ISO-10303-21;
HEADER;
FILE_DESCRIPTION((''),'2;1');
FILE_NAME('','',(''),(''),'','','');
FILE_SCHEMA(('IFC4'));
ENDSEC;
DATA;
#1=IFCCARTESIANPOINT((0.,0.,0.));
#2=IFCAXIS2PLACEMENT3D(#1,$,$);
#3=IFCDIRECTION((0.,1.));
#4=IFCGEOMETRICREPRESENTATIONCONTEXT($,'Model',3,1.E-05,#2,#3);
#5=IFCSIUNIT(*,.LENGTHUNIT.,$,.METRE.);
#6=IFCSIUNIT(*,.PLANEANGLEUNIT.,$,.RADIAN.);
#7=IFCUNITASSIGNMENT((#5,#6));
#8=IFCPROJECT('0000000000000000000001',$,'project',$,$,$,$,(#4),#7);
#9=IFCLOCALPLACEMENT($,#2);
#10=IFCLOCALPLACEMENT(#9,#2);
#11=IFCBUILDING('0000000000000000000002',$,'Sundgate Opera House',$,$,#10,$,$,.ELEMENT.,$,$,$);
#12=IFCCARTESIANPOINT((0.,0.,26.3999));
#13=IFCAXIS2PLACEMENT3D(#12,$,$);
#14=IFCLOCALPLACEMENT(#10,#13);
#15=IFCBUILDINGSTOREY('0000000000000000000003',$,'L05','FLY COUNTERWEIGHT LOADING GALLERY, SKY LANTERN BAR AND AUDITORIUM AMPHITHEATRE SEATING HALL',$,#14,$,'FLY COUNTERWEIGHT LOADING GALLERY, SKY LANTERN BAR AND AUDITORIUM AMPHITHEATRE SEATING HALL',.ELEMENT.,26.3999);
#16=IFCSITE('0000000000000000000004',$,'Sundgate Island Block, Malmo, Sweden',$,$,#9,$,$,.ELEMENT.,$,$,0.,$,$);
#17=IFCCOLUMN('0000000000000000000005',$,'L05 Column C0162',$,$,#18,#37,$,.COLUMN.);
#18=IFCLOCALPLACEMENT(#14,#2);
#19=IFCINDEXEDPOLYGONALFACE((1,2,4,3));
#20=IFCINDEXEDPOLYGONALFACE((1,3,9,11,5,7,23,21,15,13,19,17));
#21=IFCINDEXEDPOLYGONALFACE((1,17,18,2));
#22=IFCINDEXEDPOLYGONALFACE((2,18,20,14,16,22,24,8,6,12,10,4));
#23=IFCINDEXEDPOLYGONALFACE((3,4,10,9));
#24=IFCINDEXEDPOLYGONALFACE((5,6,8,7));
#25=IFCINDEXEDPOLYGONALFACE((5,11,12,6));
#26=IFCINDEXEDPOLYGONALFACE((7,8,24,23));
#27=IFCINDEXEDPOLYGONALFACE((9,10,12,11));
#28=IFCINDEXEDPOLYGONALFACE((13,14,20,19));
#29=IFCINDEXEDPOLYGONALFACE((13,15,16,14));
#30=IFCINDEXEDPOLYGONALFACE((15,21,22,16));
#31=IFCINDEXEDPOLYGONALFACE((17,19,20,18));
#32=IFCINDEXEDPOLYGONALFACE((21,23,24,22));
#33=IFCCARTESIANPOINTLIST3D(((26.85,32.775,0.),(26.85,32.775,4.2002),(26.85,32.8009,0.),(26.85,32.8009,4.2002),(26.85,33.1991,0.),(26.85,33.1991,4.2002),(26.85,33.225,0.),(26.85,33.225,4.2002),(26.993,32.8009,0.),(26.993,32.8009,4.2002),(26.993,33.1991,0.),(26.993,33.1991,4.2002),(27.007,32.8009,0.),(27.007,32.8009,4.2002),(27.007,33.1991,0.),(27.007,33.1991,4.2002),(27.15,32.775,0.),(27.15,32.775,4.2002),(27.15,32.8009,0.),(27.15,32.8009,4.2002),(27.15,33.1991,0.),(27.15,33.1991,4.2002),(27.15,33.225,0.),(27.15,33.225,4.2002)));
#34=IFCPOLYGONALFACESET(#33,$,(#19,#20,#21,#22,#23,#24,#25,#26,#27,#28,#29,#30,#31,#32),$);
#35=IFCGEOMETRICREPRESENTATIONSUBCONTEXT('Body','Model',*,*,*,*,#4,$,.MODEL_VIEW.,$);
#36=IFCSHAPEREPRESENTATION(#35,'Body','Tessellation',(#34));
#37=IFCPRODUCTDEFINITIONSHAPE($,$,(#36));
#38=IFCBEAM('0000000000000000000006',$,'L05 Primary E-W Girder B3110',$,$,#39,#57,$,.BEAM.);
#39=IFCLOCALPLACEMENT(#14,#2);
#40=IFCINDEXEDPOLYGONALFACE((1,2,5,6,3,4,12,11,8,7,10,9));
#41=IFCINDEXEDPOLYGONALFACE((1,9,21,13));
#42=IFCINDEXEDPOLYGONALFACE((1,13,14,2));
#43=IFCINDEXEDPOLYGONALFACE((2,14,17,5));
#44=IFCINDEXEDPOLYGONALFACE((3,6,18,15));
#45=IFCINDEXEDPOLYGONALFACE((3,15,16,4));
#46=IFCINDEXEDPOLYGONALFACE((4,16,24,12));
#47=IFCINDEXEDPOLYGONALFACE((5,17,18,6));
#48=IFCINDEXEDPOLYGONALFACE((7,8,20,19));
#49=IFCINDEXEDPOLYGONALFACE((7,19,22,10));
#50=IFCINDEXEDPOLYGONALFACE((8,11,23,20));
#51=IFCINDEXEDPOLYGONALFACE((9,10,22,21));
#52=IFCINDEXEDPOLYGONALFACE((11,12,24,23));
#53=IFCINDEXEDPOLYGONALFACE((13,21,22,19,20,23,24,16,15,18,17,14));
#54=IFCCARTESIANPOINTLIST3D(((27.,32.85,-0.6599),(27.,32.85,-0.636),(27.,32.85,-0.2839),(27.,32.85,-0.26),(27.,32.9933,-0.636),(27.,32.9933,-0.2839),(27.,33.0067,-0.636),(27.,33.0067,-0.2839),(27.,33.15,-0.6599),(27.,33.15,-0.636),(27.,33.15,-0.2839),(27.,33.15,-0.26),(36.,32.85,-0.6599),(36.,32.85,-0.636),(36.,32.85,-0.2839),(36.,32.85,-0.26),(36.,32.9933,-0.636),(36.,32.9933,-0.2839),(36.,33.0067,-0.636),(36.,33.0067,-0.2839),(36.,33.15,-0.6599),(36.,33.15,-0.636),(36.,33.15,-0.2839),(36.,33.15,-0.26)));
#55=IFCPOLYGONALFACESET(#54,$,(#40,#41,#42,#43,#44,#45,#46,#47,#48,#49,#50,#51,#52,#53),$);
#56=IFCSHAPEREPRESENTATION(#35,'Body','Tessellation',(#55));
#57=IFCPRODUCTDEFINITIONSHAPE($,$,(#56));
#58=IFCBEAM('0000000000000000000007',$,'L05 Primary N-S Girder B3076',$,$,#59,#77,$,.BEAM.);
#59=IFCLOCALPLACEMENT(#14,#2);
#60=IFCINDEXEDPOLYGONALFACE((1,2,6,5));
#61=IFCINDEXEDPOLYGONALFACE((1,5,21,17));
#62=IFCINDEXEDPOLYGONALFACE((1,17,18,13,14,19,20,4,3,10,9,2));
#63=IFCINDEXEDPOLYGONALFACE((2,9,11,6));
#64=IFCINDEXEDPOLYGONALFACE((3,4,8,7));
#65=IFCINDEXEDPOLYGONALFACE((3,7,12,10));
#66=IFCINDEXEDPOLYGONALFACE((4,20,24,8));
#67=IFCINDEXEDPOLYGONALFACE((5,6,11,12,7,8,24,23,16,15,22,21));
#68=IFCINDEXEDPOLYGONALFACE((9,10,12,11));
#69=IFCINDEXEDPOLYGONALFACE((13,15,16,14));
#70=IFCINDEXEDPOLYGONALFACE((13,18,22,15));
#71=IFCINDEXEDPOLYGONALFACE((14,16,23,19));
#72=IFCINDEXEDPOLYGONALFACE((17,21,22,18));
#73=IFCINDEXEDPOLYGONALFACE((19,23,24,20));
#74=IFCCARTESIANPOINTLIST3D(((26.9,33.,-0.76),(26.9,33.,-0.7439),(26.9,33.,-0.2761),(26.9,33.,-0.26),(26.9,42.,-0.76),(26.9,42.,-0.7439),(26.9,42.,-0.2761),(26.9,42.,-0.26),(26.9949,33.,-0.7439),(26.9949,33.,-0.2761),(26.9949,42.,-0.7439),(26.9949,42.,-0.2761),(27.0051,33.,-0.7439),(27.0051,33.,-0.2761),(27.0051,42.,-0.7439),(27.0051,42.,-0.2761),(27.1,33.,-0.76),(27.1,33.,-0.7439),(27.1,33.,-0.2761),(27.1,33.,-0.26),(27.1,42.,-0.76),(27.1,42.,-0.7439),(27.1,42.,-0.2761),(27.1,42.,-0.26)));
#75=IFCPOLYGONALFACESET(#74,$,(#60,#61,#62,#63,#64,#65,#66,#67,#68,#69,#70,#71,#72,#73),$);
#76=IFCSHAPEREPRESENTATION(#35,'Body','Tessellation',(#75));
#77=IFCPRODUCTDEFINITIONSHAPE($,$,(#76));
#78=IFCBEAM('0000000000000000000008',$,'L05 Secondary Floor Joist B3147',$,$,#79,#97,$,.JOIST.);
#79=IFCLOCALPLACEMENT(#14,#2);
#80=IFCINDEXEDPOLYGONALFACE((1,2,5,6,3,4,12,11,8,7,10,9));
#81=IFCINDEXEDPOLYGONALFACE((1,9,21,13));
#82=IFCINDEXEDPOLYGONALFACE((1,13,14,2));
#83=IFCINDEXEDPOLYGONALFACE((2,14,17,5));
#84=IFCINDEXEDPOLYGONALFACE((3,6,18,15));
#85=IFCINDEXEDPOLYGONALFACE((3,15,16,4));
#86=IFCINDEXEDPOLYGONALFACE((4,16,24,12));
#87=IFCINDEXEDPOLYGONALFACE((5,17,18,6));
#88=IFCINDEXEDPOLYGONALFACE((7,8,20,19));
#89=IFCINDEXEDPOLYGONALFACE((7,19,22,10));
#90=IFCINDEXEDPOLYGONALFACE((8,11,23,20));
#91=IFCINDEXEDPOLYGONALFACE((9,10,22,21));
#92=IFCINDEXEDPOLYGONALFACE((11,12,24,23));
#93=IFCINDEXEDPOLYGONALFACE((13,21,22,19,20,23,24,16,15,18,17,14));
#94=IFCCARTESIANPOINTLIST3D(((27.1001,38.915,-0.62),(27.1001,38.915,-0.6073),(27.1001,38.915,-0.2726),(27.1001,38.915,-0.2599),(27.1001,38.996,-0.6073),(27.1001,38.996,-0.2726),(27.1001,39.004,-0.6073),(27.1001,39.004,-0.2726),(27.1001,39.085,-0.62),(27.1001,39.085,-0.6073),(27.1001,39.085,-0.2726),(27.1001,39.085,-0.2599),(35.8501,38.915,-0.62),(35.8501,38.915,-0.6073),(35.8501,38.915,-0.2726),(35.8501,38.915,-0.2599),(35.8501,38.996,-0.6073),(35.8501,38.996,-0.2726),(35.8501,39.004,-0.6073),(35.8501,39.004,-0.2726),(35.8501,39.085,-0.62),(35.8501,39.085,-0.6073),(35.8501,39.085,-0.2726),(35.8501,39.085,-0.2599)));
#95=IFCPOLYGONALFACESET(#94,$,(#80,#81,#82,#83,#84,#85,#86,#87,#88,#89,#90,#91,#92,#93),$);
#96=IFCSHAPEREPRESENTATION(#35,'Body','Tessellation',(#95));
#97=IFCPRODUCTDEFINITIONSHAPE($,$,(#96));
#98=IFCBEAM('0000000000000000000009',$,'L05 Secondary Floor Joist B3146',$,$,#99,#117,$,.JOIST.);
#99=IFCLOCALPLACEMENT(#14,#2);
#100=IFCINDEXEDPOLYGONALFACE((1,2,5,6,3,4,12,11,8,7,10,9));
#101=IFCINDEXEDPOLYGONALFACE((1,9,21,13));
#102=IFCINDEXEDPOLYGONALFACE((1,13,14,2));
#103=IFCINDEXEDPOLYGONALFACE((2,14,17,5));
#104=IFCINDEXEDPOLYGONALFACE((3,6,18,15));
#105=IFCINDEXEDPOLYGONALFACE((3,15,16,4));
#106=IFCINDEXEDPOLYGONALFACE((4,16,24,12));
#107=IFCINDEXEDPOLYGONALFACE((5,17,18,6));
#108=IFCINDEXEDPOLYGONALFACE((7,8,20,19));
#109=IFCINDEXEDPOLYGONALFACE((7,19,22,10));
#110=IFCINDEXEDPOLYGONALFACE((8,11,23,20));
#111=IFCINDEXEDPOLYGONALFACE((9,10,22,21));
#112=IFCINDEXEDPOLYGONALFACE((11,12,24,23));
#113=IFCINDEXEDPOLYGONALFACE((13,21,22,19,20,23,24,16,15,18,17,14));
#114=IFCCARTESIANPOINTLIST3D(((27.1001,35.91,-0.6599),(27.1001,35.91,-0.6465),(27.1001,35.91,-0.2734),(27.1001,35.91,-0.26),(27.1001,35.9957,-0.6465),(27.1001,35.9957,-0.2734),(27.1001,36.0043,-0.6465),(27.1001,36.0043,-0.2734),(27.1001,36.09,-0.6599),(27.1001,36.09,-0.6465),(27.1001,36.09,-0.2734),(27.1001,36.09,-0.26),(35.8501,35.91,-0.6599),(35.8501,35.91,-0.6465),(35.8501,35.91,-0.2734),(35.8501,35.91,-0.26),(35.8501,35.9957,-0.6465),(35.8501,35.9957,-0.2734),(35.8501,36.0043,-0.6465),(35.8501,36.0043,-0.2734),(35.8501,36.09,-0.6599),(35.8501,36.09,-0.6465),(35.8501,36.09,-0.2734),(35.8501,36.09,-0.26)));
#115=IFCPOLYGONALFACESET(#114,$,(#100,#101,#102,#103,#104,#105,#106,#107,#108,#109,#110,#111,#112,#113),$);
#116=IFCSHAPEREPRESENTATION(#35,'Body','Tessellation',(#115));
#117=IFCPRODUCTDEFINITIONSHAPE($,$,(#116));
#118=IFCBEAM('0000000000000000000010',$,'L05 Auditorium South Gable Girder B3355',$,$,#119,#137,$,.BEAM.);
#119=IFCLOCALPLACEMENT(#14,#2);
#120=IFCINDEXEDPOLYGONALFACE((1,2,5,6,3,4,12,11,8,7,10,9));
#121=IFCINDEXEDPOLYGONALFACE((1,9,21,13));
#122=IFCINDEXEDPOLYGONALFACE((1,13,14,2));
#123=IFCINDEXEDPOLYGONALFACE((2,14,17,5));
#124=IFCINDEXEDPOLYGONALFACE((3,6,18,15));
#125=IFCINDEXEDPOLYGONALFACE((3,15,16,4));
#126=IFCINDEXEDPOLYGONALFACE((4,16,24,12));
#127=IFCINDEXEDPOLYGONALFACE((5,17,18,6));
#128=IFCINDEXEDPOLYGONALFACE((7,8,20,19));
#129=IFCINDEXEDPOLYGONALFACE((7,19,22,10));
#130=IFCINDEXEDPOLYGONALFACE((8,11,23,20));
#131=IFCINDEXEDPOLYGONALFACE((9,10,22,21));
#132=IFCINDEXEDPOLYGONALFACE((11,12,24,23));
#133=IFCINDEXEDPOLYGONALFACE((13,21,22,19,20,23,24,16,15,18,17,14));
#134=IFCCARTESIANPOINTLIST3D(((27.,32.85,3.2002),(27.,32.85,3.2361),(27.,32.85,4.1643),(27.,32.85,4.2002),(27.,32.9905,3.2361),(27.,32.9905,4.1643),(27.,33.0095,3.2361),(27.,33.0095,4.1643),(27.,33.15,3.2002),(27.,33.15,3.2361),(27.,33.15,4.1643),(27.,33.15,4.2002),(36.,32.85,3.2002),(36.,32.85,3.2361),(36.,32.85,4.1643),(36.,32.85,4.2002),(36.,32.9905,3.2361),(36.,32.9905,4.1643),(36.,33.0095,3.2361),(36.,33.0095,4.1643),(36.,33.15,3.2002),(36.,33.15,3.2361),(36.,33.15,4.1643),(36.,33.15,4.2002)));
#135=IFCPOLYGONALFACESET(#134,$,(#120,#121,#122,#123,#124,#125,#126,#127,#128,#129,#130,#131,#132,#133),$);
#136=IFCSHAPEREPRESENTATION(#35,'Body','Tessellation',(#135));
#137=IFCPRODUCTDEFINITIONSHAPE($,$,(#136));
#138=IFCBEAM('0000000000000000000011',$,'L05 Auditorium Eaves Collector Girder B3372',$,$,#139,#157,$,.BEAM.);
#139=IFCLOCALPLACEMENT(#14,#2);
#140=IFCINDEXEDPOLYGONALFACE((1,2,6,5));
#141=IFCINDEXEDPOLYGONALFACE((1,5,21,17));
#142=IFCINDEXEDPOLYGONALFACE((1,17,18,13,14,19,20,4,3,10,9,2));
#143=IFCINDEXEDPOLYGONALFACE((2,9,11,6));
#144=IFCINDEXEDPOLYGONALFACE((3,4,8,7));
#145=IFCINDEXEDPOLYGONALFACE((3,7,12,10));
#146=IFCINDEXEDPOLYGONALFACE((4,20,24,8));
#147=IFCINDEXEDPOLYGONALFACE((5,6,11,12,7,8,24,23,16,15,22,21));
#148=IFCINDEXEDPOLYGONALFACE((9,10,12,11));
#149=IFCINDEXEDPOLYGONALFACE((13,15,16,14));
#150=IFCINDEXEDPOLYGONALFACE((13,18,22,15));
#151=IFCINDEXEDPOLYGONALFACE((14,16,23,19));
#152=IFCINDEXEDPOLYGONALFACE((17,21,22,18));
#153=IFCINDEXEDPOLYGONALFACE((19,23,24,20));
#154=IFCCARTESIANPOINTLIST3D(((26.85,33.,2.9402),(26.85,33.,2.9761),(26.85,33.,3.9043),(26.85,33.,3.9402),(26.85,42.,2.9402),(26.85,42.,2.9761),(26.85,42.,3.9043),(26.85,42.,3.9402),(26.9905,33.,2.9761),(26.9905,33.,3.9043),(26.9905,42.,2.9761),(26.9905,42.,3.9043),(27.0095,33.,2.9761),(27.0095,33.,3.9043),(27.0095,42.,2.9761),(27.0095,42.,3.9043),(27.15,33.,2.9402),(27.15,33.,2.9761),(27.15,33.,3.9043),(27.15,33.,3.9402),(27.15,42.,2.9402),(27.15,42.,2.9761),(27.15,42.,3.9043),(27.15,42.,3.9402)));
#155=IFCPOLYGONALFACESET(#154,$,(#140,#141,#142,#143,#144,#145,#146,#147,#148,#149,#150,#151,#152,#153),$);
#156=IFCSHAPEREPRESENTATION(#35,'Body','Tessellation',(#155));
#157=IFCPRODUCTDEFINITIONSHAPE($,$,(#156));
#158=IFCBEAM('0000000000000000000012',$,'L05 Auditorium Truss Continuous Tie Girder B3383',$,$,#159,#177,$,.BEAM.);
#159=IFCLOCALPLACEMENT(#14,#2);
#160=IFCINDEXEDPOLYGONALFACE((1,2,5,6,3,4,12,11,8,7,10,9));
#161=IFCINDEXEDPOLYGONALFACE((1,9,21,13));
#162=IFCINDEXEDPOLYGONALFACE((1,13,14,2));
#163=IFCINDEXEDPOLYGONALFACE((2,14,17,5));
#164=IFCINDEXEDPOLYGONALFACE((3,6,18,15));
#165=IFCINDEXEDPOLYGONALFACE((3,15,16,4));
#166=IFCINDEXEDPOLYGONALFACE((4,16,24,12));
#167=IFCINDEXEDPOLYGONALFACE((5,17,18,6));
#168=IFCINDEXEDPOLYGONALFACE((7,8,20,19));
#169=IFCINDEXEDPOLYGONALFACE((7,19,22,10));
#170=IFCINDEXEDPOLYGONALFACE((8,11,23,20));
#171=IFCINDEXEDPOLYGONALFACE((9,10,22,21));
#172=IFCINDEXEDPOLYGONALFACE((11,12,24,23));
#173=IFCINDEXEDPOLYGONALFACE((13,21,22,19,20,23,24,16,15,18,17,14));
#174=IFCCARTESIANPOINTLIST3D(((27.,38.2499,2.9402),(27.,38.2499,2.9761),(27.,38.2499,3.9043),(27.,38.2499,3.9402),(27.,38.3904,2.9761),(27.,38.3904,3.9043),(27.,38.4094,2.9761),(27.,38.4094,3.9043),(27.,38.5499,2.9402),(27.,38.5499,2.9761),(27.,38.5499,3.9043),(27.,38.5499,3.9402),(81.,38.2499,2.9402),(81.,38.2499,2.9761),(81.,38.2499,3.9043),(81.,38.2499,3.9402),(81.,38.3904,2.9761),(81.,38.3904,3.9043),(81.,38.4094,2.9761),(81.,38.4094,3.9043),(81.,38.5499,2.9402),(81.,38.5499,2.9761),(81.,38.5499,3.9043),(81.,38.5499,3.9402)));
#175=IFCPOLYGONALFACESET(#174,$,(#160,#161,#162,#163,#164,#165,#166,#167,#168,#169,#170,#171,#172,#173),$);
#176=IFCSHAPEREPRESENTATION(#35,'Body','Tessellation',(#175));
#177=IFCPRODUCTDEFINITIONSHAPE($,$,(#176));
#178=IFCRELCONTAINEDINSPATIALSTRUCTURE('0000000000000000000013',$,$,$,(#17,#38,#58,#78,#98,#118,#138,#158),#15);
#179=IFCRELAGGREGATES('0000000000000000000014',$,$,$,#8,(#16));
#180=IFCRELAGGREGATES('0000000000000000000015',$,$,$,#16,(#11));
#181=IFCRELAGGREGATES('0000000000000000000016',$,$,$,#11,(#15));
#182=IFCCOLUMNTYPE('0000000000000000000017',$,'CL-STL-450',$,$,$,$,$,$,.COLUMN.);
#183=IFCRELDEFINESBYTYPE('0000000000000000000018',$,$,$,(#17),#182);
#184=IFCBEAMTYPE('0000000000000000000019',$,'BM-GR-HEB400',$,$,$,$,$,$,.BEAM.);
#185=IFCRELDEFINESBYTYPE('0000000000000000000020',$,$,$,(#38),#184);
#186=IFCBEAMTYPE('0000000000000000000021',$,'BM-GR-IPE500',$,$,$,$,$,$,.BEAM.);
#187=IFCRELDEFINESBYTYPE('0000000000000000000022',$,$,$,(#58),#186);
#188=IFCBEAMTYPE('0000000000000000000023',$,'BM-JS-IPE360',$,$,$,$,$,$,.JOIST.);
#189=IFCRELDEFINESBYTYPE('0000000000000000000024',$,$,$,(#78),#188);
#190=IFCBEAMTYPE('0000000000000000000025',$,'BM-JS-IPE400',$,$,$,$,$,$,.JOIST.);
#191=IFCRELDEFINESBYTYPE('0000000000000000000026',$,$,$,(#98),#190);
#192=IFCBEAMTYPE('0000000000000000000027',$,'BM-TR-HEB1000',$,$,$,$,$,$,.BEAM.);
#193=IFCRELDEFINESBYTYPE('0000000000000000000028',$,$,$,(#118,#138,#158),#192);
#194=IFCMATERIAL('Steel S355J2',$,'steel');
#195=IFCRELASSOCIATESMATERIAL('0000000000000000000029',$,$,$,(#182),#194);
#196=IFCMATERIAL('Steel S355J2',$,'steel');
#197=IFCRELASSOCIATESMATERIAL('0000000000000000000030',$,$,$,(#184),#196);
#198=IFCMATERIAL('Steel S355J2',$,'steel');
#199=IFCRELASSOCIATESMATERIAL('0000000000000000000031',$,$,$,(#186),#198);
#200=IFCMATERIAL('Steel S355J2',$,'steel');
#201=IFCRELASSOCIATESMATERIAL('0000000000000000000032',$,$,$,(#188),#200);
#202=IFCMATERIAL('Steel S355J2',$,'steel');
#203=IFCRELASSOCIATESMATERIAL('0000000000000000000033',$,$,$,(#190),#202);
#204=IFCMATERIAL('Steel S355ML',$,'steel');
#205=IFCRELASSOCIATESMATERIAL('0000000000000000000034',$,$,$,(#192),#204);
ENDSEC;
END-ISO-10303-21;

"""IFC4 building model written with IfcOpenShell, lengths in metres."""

from ifc_helpers import new_model, si_unit, direction, frame, origin, origin_2d, place, context, subcontext, project, spatial, i_section, extrude, material, material_profile, profile_set, type_object, element, save


model = new_model("IFC4")

# Units and contexts
model_context = context("Model", 3, precision=1e-05, world=origin(), true_north=direction((0.0, 1.0)))
body_context = subcontext(model_context, "Body", "Model", "MODEL_VIEW")
ifc_project = project(units=[si_unit("LENGTHUNIT", "METRE"), si_unit("PLANEANGLEUNIT", "RADIAN")], contexts=[model_context])

# Site, building, storey
site_placement = place(None, origin())
site = spatial("IfcSite", under=ifc_project, at=site_placement, Name="Sundgate Island Block, Malmo, Sweden", CompositionType="ELEMENT", RefElevation=0.0)
building_placement = place(site_placement, origin())
building = spatial("IfcBuilding", under=site, at=building_placement, Name="Sundgate Opera House", CompositionType="ELEMENT")
storey_placement = place(building_placement, frame((0.0, 0.0, 26.3999)))
storey = spatial("IfcBuildingStorey", under=building, at=storey_placement, Name="L05", Description="FLY COUNTERWEIGHT LOADING GALLERY, SKY LANTERN BAR AND AUDITORIUM AMPHITHEATRE SEATING HALL", LongName="FLY COUNTERWEIGHT LOADING GALLERY, SKY LANTERN BAR AND AUDITORIUM AMPHITHEATRE SEATING HALL", CompositionType="ELEMENT", Elevation=26.3999)

# Column
ifc_material_1 = material(Name="Steel S355J2", Category="steel")
ifc_material_profile_1 = material_profile(ifc_material_1, i_section(OverallWidth=0.3, OverallDepth=0.45, WebThickness=0.0139, FlangeThickness=0.0259, at=origin_2d()), Name="HEB 450")
ifc_profile_set_1 = profile_set([ifc_material_profile_1], Name="Steel S355J2")
column_type = type_object("IfcColumnType", Name="CL-STL-450", PredefinedType="COLUMN", material=ifc_profile_set_1)
column_placement = place(storey_placement, frame((27.0, 33.0, 0.0), z_axis=(0.0, 0.0, 1.0), x_axis=(1.0, 0.0, 0.0)))
element("IfcColumn", 1, at=column_placement, inside=storey, type_object=column_type, Name="L05 Column C0162", PredefinedType="COLUMN", context=body_context, shape_type="SweptSolid", body=[
    extrude(i_section(OverallWidth=0.3, OverallDepth=0.45, WebThickness=0.0139, FlangeThickness=0.0259, at=origin_2d()), origin(), (0.0, 0.0, 1.0), 4.2002),
])

# Beams
ifc_material_2 = material(Name="Steel S355J2", Category="steel")
ifc_material_profile_2 = material_profile(ifc_material_2, i_section(OverallWidth=0.3, OverallDepth=0.3999, WebThickness=0.0134, FlangeThickness=0.0239, at=origin_2d()), Name="HEB 400")
ifc_profile_set_2 = profile_set([ifc_material_profile_2], Name="Steel S355J2")
beam_type_1 = type_object("IfcBeamType", Name="BM-GR-HEB400", PredefinedType="BEAM", material=ifc_profile_set_2)
beam_1_placement = place(storey_placement, frame((27.0, 33.0, -0.46), z_axis=(1.0, 0.0, 0.0), x_axis=(0.0, 1.0, 0.0)))
element("IfcBeam", 2, at=beam_1_placement, inside=storey, type_object=beam_type_1, Name="L05 Primary E-W Girder B3110", PredefinedType="BEAM", context=body_context, shape_type="SweptSolid", body=[
    extrude(i_section(OverallWidth=0.3, OverallDepth=0.3999, WebThickness=0.0134, FlangeThickness=0.0239, at=origin_2d()), origin(), (0.0, 0.0, 1.0), 9.0),
])
ifc_material_3 = material(Name="Steel S355J2", Category="steel")
ifc_material_profile_3 = material_profile(ifc_material_3, i_section(OverallWidth=0.2, OverallDepth=0.5, WebThickness=0.0103, FlangeThickness=0.0161, at=origin_2d()), Name="IPE 500")
ifc_profile_set_3 = profile_set([ifc_material_profile_3], Name="Steel S355J2")
beam_type_2 = type_object("IfcBeamType", Name="BM-GR-IPE500", PredefinedType="BEAM", material=ifc_profile_set_3)
beam_2_placement = place(storey_placement, frame((27.0, 33.0, -0.51), z_axis=(0.0, 1.0, 0.0), x_axis=(-1.0, 0.0, 0.0)))
element("IfcBeam", 3, at=beam_2_placement, inside=storey, type_object=beam_type_2, Name="L05 Primary N-S Girder B3076", PredefinedType="BEAM", context=body_context, shape_type="SweptSolid", body=[
    extrude(i_section(OverallWidth=0.2, OverallDepth=0.5, WebThickness=0.0103, FlangeThickness=0.0161, at=origin_2d()), origin(), (0.0, 0.0, 1.0), 9.0),
])
ifc_material_4 = material(Name="Steel S355J2", Category="steel")
ifc_material_profile_4 = material_profile(ifc_material_4, i_section(OverallWidth=0.1699, OverallDepth=0.3601, WebThickness=0.0081, FlangeThickness=0.0127, at=origin_2d()), Name="IPE 360")
ifc_profile_set_4 = profile_set([ifc_material_profile_4], Name="Steel S355J2")
beam_type_3 = type_object("IfcBeamType", Name="BM-JS-IPE360", PredefinedType="JOIST", material=ifc_profile_set_4)
beam_3_placement = place(storey_placement, frame((27.1001, 39.0, -0.4399), z_axis=(1.0, 0.0, 0.0), x_axis=(0.0, 1.0, 0.0)))
element("IfcBeam", 4, at=beam_3_placement, inside=storey, type_object=beam_type_3, Name="L05 Secondary Floor Joist B3147", PredefinedType="JOIST", context=body_context, shape_type="SweptSolid", body=[
    extrude(i_section(OverallWidth=0.1699, OverallDepth=0.3601, WebThickness=0.0081, FlangeThickness=0.0127, at=origin_2d()), origin(), (0.0, 0.0, 1.0), 8.75),
])
ifc_material_5 = material(Name="Steel S355J2", Category="steel")
ifc_material_profile_5 = material_profile(ifc_material_5, i_section(OverallWidth=0.1799, OverallDepth=0.3999, WebThickness=0.0085, FlangeThickness=0.0134, at=origin_2d()), Name="IPE 400")
ifc_profile_set_5 = profile_set([ifc_material_profile_5], Name="Steel S355J2")
beam_type_4 = type_object("IfcBeamType", Name="BM-JS-IPE400", PredefinedType="JOIST", material=ifc_profile_set_5)
beam_4_placement = place(storey_placement, frame((27.1001, 36.0, -0.46), z_axis=(1.0, 0.0, 0.0), x_axis=(0.0, 1.0, 0.0)))
element("IfcBeam", 5, at=beam_4_placement, inside=storey, type_object=beam_type_4, Name="L05 Secondary Floor Joist B3146", PredefinedType="JOIST", context=body_context, shape_type="SweptSolid", body=[
    extrude(i_section(OverallWidth=0.1799, OverallDepth=0.3999, WebThickness=0.0085, FlangeThickness=0.0134, at=origin_2d()), origin(), (0.0, 0.0, 1.0), 8.75),
])
ifc_material_6 = material(Name="Steel S355ML", Category="steel")
ifc_material_profile_6 = material_profile(ifc_material_6, i_section(OverallWidth=0.3, OverallDepth=1.0, WebThickness=0.019, FlangeThickness=0.0359, at=origin_2d()), Name="HEB 1000")
ifc_profile_set_6 = profile_set([ifc_material_profile_6], Name="Steel S355ML")
beam_type_5 = type_object("IfcBeamType", Name="BM-TR-HEB1000", PredefinedType="BEAM", material=ifc_profile_set_6)
for number, where, z_axis, x_axis, name in (
    (6, (27.0, 33.0, 3.7002), (1.0, 0.0, 0.0), (0.0, 1.0, 0.0), "L05 Auditorium South Gable Girder B3355"),
    (7, (27.0, 33.0, 3.4402), (0.0, 1.0, 0.0), (-1.0, 0.0, 0.0), "L05 Auditorium Eaves Collector Girder B3372"),
):
    element("IfcBeam", number, at=place(storey_placement, frame(where, z_axis=z_axis, x_axis=x_axis)), inside=storey, type_object=beam_type_5, Name=name, PredefinedType="BEAM", context=body_context, shape_type="SweptSolid", body=[
        extrude(i_section(OverallWidth=0.3, OverallDepth=1.0, WebThickness=0.019, FlangeThickness=0.0359, at=origin_2d()), origin(), (0.0, 0.0, 1.0), 9.0),
    ])
beam_5_placement = place(storey_placement, frame((27.0, 38.3999, 3.4402), z_axis=(1.0, 0.0, 0.0), x_axis=(0.0, 1.0, 0.0)))
element("IfcBeam", 8, at=beam_5_placement, inside=storey, type_object=beam_type_5, Name="L05 Auditorium Truss Continuous Tie Girder B3383", PredefinedType="BEAM", context=body_context, shape_type="SweptSolid", body=[
    extrude(i_section(OverallWidth=0.3, OverallDepth=1.0, WebThickness=0.019, FlangeThickness=0.0359, at=origin_2d()), origin(), (0.0, 0.0, 1.0), 54.0),
])

save(model, "model.ifc")
